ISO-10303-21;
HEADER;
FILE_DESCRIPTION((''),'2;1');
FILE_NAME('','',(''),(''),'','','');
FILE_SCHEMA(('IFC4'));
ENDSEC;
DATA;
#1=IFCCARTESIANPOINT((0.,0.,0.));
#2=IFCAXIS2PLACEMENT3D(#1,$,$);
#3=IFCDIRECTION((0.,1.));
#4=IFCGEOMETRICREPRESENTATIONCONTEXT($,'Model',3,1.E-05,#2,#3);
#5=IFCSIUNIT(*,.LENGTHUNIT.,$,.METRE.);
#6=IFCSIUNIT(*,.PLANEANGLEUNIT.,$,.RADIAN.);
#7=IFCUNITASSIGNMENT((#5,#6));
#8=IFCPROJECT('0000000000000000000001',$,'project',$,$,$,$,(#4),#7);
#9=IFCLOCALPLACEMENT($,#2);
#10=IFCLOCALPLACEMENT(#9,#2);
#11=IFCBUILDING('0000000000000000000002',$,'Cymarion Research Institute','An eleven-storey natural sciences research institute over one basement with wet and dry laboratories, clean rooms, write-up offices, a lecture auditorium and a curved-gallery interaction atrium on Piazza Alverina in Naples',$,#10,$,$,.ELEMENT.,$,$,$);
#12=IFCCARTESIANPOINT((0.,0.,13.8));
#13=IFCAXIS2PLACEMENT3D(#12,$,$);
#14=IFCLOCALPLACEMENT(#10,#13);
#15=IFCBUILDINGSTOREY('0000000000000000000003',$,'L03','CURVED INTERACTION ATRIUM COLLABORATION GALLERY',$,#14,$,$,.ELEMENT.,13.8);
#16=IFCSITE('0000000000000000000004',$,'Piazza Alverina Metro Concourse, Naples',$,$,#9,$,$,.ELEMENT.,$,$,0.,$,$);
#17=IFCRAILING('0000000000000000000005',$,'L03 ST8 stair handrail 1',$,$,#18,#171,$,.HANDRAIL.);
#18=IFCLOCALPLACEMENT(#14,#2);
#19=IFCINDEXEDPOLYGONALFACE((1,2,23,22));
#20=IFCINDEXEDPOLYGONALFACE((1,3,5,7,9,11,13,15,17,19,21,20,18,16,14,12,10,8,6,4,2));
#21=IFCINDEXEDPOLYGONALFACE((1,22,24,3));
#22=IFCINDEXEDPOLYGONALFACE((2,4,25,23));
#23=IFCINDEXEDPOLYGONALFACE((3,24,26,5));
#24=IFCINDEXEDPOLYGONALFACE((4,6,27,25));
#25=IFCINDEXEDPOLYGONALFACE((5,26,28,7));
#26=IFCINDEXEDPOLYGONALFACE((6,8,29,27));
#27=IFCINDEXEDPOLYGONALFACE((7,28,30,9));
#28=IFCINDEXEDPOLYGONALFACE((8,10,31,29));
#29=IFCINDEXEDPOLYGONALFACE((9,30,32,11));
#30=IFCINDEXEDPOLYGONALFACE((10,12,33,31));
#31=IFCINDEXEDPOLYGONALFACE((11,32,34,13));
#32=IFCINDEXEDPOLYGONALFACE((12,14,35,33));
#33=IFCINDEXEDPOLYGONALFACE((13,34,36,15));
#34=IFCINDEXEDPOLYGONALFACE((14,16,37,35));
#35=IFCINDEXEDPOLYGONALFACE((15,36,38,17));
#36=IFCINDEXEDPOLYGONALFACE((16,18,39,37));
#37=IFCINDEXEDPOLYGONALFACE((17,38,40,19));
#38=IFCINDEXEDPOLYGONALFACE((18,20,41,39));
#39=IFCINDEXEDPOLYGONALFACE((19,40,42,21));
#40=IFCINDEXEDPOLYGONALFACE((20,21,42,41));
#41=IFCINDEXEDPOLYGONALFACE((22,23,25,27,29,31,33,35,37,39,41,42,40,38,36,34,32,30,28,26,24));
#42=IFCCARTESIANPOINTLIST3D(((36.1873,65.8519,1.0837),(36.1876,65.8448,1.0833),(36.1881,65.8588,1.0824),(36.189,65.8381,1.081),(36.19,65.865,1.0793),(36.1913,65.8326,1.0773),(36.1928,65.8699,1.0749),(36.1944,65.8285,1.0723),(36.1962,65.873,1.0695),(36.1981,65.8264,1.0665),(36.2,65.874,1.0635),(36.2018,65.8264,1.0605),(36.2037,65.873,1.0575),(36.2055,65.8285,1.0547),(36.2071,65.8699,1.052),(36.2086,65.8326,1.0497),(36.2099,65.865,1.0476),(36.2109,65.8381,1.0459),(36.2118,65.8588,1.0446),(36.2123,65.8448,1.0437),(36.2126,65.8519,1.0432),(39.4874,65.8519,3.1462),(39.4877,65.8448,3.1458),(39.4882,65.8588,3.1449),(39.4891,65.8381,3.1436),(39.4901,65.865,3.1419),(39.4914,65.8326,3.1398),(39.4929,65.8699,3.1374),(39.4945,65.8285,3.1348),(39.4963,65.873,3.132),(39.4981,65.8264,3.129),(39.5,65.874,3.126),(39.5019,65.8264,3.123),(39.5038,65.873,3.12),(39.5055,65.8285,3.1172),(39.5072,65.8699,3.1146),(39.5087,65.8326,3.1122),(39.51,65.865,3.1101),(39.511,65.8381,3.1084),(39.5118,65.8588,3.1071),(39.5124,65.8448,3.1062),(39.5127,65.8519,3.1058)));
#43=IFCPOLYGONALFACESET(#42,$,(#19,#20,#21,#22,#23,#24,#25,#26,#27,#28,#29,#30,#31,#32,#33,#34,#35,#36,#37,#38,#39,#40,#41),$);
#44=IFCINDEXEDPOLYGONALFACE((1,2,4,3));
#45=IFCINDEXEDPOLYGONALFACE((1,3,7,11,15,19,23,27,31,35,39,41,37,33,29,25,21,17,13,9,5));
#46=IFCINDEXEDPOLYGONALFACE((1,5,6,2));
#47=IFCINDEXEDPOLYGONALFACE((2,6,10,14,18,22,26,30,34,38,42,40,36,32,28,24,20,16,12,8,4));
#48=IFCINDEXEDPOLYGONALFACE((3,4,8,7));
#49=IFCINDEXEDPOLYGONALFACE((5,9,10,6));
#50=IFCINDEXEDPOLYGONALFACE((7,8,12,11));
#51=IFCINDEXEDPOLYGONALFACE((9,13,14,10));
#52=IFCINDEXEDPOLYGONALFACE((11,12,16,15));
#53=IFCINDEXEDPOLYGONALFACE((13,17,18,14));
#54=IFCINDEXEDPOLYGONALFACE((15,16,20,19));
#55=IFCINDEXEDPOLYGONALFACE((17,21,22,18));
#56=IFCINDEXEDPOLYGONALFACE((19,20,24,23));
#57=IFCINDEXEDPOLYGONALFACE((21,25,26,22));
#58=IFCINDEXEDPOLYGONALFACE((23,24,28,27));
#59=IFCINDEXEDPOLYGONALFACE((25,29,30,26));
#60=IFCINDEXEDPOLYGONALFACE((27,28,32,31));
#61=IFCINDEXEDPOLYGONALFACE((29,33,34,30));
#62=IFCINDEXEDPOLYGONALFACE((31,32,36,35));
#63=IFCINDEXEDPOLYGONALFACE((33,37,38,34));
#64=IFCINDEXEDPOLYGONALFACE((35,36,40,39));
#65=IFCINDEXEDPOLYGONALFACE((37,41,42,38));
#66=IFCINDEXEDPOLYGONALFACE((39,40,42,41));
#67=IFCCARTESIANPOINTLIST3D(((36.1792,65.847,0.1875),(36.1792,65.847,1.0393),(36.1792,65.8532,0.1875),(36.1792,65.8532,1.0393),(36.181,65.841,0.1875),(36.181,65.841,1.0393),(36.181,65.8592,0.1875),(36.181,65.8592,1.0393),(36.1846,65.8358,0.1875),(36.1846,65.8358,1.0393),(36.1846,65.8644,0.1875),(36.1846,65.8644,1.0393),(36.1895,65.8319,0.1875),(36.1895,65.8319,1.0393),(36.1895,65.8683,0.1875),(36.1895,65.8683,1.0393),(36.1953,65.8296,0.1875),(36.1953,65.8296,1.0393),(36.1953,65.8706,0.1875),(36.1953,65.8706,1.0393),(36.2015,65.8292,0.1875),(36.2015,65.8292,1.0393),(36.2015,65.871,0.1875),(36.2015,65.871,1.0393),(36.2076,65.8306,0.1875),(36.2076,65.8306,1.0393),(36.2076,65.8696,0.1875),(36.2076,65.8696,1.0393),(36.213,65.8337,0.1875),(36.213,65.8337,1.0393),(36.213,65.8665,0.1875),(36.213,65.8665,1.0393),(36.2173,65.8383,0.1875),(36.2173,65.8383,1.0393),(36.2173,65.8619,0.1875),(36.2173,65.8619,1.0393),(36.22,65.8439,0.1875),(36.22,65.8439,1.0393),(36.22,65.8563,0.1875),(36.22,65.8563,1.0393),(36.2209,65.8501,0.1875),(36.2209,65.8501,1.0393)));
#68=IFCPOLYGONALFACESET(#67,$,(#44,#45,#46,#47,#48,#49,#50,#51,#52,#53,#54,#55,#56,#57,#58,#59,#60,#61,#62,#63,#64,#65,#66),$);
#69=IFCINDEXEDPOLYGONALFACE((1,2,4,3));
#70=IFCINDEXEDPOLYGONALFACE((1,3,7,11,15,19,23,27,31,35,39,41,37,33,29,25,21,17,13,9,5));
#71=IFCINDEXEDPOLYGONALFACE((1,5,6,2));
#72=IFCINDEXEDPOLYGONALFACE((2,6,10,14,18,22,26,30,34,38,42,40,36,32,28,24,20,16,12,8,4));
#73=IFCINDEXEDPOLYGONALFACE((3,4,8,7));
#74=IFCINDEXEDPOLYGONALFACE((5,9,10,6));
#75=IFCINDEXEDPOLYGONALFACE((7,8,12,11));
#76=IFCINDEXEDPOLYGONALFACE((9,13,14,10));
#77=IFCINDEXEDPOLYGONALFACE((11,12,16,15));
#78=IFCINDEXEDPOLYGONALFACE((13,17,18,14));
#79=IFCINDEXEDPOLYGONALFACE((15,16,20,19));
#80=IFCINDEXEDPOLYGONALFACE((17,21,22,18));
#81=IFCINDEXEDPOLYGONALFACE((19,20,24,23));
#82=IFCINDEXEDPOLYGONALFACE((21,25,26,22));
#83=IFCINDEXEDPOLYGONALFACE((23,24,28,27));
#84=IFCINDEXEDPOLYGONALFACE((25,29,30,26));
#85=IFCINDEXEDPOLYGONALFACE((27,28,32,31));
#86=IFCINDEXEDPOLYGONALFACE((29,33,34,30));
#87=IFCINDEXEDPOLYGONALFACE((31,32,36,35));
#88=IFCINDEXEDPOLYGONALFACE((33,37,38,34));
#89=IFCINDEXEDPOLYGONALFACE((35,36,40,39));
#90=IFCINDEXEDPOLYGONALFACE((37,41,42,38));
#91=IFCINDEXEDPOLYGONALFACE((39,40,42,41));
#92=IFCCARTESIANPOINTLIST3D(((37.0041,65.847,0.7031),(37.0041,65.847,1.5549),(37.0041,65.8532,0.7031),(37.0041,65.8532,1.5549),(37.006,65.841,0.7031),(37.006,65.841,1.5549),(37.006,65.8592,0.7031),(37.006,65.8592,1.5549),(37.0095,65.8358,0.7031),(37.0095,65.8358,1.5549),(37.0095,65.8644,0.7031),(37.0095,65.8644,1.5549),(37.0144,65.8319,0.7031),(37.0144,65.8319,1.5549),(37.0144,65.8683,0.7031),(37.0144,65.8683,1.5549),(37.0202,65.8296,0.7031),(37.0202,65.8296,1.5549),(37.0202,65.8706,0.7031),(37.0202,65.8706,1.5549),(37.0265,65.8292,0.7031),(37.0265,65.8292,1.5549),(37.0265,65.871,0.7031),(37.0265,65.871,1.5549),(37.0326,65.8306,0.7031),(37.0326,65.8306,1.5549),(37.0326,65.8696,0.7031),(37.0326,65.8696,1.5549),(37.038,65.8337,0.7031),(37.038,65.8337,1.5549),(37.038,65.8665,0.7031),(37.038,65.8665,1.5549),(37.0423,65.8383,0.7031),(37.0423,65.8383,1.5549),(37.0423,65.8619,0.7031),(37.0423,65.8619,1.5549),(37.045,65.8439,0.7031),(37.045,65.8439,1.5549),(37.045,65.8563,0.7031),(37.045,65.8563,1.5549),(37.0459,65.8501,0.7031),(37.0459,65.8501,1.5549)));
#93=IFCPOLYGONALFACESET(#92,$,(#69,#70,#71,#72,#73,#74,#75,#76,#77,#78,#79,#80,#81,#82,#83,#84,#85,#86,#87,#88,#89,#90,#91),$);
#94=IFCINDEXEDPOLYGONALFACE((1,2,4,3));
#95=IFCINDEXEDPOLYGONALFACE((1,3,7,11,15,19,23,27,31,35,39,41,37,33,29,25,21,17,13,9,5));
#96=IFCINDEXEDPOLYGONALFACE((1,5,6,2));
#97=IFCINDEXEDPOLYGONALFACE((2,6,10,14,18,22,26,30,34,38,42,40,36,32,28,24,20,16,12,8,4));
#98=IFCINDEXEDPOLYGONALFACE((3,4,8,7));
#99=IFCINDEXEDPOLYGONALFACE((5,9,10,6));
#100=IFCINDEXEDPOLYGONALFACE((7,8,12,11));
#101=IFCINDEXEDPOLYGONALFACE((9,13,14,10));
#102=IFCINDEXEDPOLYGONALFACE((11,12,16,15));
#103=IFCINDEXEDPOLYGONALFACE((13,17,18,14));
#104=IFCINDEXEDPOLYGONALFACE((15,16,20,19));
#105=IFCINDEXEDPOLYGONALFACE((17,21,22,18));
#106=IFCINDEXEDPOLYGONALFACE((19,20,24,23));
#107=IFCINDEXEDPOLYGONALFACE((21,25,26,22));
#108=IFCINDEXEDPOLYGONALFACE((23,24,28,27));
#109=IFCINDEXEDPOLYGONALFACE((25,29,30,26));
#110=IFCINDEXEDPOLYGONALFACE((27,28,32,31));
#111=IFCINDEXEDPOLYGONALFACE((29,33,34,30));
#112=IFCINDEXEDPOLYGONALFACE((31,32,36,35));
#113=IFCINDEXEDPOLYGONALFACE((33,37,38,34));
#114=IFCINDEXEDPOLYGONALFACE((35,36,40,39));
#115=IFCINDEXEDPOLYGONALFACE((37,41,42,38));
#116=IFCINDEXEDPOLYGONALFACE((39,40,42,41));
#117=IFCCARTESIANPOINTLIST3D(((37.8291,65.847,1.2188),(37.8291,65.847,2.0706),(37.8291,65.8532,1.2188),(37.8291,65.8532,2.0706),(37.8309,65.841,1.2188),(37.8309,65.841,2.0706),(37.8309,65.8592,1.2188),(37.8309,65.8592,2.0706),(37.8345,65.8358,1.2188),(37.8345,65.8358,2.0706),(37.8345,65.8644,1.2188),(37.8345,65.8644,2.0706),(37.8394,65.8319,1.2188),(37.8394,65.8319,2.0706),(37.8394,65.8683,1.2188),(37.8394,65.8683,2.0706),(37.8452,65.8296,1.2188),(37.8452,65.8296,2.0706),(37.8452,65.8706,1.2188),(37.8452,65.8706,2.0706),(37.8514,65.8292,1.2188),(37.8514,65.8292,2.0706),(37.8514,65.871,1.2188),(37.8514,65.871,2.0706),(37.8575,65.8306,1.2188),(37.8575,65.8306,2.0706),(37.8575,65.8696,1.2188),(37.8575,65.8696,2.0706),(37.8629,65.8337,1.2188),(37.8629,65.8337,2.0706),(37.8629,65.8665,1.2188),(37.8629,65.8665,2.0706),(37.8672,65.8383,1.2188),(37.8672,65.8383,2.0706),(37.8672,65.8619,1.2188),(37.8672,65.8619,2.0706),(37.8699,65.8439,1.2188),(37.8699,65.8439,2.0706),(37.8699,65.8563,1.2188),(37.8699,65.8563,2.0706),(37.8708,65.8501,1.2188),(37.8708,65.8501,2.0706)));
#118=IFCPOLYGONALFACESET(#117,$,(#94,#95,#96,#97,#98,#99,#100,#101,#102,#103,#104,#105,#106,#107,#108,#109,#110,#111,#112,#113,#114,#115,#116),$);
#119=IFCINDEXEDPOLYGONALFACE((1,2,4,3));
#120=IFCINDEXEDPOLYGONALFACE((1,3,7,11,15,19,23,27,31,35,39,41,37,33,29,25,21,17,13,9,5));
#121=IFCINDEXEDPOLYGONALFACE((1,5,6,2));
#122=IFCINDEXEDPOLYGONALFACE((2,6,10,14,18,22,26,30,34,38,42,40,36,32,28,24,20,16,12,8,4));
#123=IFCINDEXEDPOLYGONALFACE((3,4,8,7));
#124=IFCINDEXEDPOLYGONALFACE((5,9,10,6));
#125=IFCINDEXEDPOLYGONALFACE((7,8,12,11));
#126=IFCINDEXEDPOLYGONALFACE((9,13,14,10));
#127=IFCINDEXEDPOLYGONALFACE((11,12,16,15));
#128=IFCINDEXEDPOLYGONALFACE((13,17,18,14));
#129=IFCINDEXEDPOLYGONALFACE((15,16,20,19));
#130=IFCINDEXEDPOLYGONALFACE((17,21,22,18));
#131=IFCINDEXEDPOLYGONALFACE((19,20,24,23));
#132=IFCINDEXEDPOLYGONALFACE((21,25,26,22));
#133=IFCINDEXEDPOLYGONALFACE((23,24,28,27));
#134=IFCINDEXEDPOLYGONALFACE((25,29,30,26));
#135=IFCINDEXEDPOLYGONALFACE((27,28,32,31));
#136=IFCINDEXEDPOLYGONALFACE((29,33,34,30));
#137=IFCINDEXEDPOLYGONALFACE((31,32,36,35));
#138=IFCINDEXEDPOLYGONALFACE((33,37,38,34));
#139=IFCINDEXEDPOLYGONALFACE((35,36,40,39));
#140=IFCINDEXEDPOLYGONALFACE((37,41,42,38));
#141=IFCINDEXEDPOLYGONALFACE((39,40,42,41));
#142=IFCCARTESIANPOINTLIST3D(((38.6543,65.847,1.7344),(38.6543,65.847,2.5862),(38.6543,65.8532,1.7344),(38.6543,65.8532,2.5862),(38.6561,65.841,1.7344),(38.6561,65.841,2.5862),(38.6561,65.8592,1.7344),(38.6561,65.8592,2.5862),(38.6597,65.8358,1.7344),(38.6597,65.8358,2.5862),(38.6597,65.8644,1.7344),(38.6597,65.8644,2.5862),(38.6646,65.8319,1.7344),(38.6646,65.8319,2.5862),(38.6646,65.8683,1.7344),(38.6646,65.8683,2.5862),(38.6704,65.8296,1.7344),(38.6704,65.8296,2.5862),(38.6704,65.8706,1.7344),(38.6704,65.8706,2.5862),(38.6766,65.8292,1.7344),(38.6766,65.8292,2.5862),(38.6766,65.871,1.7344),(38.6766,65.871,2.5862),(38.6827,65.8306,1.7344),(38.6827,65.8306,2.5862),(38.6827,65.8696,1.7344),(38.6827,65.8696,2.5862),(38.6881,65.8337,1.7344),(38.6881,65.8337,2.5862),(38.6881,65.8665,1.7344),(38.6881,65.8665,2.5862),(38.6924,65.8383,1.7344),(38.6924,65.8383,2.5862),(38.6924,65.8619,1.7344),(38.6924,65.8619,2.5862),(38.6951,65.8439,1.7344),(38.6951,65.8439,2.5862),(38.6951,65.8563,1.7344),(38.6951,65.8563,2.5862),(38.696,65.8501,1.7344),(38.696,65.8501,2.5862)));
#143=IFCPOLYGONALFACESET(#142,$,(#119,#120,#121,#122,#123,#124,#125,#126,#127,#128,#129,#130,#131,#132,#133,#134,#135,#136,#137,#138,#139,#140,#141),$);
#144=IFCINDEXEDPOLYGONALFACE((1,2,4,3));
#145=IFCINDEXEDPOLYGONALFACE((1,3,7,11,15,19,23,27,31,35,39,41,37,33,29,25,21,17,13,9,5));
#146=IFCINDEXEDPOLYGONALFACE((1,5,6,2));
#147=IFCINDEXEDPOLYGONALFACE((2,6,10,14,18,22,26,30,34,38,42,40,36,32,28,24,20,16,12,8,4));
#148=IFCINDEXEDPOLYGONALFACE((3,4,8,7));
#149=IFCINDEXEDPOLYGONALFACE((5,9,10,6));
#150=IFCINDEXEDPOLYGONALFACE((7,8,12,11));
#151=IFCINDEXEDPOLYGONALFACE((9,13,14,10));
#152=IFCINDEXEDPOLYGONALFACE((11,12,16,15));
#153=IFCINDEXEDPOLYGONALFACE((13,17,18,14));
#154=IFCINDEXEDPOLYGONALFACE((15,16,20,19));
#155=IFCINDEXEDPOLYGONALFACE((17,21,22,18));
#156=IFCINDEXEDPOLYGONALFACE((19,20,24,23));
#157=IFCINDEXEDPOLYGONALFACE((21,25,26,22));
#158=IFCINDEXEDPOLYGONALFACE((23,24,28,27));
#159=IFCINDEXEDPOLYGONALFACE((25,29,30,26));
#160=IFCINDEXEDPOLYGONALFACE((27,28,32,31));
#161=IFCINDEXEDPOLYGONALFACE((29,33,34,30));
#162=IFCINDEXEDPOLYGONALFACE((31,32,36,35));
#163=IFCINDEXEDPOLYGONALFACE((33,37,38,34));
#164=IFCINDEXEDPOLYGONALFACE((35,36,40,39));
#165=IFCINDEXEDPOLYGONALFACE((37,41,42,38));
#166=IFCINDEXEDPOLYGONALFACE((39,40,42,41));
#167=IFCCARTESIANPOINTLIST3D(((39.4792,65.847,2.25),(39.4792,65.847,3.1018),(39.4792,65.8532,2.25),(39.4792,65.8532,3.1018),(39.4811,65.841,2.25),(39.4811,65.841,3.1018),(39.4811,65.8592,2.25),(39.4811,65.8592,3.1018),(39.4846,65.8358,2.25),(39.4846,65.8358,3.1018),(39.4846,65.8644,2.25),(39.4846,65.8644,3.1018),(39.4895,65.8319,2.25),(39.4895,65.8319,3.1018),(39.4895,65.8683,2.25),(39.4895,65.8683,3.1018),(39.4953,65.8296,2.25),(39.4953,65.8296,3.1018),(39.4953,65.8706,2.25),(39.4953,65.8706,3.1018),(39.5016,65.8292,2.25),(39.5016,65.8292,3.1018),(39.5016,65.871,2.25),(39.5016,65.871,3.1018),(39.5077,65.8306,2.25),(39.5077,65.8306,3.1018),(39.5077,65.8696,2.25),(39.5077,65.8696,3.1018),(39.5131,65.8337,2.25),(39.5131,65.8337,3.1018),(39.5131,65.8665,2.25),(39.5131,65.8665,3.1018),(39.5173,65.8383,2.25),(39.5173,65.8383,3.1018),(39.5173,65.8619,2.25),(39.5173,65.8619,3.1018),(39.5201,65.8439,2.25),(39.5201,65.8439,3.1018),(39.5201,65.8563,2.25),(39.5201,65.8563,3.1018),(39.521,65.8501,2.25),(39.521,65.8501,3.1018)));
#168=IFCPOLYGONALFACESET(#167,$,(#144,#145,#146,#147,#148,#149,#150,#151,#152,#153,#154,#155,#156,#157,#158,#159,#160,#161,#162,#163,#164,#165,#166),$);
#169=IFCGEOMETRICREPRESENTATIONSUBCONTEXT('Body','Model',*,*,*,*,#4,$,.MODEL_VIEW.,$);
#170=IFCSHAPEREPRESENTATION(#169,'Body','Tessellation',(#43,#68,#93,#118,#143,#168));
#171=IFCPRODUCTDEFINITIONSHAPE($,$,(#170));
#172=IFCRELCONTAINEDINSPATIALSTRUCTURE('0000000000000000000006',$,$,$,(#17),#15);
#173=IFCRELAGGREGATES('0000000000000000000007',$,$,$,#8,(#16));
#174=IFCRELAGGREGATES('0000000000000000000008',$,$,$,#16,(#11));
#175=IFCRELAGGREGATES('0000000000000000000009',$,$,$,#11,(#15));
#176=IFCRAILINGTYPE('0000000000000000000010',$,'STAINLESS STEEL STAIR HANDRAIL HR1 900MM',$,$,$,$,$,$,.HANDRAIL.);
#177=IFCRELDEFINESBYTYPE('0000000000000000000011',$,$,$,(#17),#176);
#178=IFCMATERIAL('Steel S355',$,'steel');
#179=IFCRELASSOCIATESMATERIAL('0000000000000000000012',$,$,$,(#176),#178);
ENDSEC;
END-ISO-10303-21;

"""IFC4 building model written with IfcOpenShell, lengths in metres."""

from ifc_helpers import new_model, si_unit, direction, frame, origin, origin_2d, place, context, subcontext, project, spatial, circle, extrude, material, type_object, element, save


model = new_model("IFC4")

# Units and contexts
model_context = context("Model", 3, precision=1e-05, world=origin(), true_north=direction((0.0, 1.0)))
body_context = subcontext(model_context, "Body", "Model", "MODEL_VIEW")
ifc_project = project(units=[si_unit("LENGTHUNIT", "METRE"), si_unit("PLANEANGLEUNIT", "RADIAN")], contexts=[model_context])

# Site, building, storey
site_placement = place(None, origin())
site = spatial("IfcSite", under=ifc_project, at=site_placement, Name="Piazza Alverina Metro Concourse, Naples", CompositionType="ELEMENT", RefElevation=0.0)
building_placement = place(site_placement, origin())
building = spatial("IfcBuilding", under=site, at=building_placement, Name="Cymarion Research Institute", Description="An eleven-storey natural sciences research institute over one basement with wet and dry laboratories, clean rooms, write-up offices, a lecture auditorium and a curved-gallery interaction atrium on Piazza Alverina in Naples", CompositionType="ELEMENT")
storey_placement = place(building_placement, frame((0.0, 0.0, 13.8)))
storey = spatial("IfcBuildingStorey", under=building, at=storey_placement, Name="L03", Description="CURVED INTERACTION ATRIUM COLLABORATION GALLERY", CompositionType="ELEMENT", Elevation=13.8)

# Shared definitions
ifc_material_1 = material(Name="Steel S355", Category="steel")

# Railing
railing_type_1 = type_object("IfcRailingType", Name="STAINLESS STEEL STAIR HANDRAIL HR1 900MM", PredefinedType="HANDRAIL", material=ifc_material_1)
railing_1_placement = place(storey_placement, frame((36.2, 65.8501, 0.1875)))
element("IfcRailing", 1, at=railing_1_placement, inside=storey, type_object=railing_type_1, Name="L03 ST8 stair handrail 1", PredefinedType="HANDRAIL", context=body_context, shape_type="SweptSolid", body=[
    extrude(circle(Radius=0.0239, at=origin_2d()), frame((0.0, 0.0, 0.876), z_axis=(0.848002, 0.0, 0.529993), x_axis=(0.0, 1.0, 0.0)), (0.0, 0.0, 1.0), 3.8916),
    extrude(circle(Radius=0.021, at=origin_2d()), origin(), (0.0, 0.0, 1.0), 0.8518),
    extrude(circle(Radius=0.021, at=origin_2d()), frame((0.825, 0.0, 0.5156)), (0.0, 0.0, 1.0), 0.8518),
    extrude(circle(Radius=0.021, at=origin_2d()), frame((1.6499, 0.0, 1.0312)), (0.0, 0.0, 1.0), 0.8518),
    extrude(circle(Radius=0.021, at=origin_2d()), frame((2.4751, 0.0, 1.5469)), (0.0, 0.0, 1.0), 0.8518),
    extrude(circle(Radius=0.021, at=origin_2d()), frame((3.3, 0.0, 2.0625)), (0.0, 0.0, 1.0), 0.8518),
])

save(model, "model.ifc")
